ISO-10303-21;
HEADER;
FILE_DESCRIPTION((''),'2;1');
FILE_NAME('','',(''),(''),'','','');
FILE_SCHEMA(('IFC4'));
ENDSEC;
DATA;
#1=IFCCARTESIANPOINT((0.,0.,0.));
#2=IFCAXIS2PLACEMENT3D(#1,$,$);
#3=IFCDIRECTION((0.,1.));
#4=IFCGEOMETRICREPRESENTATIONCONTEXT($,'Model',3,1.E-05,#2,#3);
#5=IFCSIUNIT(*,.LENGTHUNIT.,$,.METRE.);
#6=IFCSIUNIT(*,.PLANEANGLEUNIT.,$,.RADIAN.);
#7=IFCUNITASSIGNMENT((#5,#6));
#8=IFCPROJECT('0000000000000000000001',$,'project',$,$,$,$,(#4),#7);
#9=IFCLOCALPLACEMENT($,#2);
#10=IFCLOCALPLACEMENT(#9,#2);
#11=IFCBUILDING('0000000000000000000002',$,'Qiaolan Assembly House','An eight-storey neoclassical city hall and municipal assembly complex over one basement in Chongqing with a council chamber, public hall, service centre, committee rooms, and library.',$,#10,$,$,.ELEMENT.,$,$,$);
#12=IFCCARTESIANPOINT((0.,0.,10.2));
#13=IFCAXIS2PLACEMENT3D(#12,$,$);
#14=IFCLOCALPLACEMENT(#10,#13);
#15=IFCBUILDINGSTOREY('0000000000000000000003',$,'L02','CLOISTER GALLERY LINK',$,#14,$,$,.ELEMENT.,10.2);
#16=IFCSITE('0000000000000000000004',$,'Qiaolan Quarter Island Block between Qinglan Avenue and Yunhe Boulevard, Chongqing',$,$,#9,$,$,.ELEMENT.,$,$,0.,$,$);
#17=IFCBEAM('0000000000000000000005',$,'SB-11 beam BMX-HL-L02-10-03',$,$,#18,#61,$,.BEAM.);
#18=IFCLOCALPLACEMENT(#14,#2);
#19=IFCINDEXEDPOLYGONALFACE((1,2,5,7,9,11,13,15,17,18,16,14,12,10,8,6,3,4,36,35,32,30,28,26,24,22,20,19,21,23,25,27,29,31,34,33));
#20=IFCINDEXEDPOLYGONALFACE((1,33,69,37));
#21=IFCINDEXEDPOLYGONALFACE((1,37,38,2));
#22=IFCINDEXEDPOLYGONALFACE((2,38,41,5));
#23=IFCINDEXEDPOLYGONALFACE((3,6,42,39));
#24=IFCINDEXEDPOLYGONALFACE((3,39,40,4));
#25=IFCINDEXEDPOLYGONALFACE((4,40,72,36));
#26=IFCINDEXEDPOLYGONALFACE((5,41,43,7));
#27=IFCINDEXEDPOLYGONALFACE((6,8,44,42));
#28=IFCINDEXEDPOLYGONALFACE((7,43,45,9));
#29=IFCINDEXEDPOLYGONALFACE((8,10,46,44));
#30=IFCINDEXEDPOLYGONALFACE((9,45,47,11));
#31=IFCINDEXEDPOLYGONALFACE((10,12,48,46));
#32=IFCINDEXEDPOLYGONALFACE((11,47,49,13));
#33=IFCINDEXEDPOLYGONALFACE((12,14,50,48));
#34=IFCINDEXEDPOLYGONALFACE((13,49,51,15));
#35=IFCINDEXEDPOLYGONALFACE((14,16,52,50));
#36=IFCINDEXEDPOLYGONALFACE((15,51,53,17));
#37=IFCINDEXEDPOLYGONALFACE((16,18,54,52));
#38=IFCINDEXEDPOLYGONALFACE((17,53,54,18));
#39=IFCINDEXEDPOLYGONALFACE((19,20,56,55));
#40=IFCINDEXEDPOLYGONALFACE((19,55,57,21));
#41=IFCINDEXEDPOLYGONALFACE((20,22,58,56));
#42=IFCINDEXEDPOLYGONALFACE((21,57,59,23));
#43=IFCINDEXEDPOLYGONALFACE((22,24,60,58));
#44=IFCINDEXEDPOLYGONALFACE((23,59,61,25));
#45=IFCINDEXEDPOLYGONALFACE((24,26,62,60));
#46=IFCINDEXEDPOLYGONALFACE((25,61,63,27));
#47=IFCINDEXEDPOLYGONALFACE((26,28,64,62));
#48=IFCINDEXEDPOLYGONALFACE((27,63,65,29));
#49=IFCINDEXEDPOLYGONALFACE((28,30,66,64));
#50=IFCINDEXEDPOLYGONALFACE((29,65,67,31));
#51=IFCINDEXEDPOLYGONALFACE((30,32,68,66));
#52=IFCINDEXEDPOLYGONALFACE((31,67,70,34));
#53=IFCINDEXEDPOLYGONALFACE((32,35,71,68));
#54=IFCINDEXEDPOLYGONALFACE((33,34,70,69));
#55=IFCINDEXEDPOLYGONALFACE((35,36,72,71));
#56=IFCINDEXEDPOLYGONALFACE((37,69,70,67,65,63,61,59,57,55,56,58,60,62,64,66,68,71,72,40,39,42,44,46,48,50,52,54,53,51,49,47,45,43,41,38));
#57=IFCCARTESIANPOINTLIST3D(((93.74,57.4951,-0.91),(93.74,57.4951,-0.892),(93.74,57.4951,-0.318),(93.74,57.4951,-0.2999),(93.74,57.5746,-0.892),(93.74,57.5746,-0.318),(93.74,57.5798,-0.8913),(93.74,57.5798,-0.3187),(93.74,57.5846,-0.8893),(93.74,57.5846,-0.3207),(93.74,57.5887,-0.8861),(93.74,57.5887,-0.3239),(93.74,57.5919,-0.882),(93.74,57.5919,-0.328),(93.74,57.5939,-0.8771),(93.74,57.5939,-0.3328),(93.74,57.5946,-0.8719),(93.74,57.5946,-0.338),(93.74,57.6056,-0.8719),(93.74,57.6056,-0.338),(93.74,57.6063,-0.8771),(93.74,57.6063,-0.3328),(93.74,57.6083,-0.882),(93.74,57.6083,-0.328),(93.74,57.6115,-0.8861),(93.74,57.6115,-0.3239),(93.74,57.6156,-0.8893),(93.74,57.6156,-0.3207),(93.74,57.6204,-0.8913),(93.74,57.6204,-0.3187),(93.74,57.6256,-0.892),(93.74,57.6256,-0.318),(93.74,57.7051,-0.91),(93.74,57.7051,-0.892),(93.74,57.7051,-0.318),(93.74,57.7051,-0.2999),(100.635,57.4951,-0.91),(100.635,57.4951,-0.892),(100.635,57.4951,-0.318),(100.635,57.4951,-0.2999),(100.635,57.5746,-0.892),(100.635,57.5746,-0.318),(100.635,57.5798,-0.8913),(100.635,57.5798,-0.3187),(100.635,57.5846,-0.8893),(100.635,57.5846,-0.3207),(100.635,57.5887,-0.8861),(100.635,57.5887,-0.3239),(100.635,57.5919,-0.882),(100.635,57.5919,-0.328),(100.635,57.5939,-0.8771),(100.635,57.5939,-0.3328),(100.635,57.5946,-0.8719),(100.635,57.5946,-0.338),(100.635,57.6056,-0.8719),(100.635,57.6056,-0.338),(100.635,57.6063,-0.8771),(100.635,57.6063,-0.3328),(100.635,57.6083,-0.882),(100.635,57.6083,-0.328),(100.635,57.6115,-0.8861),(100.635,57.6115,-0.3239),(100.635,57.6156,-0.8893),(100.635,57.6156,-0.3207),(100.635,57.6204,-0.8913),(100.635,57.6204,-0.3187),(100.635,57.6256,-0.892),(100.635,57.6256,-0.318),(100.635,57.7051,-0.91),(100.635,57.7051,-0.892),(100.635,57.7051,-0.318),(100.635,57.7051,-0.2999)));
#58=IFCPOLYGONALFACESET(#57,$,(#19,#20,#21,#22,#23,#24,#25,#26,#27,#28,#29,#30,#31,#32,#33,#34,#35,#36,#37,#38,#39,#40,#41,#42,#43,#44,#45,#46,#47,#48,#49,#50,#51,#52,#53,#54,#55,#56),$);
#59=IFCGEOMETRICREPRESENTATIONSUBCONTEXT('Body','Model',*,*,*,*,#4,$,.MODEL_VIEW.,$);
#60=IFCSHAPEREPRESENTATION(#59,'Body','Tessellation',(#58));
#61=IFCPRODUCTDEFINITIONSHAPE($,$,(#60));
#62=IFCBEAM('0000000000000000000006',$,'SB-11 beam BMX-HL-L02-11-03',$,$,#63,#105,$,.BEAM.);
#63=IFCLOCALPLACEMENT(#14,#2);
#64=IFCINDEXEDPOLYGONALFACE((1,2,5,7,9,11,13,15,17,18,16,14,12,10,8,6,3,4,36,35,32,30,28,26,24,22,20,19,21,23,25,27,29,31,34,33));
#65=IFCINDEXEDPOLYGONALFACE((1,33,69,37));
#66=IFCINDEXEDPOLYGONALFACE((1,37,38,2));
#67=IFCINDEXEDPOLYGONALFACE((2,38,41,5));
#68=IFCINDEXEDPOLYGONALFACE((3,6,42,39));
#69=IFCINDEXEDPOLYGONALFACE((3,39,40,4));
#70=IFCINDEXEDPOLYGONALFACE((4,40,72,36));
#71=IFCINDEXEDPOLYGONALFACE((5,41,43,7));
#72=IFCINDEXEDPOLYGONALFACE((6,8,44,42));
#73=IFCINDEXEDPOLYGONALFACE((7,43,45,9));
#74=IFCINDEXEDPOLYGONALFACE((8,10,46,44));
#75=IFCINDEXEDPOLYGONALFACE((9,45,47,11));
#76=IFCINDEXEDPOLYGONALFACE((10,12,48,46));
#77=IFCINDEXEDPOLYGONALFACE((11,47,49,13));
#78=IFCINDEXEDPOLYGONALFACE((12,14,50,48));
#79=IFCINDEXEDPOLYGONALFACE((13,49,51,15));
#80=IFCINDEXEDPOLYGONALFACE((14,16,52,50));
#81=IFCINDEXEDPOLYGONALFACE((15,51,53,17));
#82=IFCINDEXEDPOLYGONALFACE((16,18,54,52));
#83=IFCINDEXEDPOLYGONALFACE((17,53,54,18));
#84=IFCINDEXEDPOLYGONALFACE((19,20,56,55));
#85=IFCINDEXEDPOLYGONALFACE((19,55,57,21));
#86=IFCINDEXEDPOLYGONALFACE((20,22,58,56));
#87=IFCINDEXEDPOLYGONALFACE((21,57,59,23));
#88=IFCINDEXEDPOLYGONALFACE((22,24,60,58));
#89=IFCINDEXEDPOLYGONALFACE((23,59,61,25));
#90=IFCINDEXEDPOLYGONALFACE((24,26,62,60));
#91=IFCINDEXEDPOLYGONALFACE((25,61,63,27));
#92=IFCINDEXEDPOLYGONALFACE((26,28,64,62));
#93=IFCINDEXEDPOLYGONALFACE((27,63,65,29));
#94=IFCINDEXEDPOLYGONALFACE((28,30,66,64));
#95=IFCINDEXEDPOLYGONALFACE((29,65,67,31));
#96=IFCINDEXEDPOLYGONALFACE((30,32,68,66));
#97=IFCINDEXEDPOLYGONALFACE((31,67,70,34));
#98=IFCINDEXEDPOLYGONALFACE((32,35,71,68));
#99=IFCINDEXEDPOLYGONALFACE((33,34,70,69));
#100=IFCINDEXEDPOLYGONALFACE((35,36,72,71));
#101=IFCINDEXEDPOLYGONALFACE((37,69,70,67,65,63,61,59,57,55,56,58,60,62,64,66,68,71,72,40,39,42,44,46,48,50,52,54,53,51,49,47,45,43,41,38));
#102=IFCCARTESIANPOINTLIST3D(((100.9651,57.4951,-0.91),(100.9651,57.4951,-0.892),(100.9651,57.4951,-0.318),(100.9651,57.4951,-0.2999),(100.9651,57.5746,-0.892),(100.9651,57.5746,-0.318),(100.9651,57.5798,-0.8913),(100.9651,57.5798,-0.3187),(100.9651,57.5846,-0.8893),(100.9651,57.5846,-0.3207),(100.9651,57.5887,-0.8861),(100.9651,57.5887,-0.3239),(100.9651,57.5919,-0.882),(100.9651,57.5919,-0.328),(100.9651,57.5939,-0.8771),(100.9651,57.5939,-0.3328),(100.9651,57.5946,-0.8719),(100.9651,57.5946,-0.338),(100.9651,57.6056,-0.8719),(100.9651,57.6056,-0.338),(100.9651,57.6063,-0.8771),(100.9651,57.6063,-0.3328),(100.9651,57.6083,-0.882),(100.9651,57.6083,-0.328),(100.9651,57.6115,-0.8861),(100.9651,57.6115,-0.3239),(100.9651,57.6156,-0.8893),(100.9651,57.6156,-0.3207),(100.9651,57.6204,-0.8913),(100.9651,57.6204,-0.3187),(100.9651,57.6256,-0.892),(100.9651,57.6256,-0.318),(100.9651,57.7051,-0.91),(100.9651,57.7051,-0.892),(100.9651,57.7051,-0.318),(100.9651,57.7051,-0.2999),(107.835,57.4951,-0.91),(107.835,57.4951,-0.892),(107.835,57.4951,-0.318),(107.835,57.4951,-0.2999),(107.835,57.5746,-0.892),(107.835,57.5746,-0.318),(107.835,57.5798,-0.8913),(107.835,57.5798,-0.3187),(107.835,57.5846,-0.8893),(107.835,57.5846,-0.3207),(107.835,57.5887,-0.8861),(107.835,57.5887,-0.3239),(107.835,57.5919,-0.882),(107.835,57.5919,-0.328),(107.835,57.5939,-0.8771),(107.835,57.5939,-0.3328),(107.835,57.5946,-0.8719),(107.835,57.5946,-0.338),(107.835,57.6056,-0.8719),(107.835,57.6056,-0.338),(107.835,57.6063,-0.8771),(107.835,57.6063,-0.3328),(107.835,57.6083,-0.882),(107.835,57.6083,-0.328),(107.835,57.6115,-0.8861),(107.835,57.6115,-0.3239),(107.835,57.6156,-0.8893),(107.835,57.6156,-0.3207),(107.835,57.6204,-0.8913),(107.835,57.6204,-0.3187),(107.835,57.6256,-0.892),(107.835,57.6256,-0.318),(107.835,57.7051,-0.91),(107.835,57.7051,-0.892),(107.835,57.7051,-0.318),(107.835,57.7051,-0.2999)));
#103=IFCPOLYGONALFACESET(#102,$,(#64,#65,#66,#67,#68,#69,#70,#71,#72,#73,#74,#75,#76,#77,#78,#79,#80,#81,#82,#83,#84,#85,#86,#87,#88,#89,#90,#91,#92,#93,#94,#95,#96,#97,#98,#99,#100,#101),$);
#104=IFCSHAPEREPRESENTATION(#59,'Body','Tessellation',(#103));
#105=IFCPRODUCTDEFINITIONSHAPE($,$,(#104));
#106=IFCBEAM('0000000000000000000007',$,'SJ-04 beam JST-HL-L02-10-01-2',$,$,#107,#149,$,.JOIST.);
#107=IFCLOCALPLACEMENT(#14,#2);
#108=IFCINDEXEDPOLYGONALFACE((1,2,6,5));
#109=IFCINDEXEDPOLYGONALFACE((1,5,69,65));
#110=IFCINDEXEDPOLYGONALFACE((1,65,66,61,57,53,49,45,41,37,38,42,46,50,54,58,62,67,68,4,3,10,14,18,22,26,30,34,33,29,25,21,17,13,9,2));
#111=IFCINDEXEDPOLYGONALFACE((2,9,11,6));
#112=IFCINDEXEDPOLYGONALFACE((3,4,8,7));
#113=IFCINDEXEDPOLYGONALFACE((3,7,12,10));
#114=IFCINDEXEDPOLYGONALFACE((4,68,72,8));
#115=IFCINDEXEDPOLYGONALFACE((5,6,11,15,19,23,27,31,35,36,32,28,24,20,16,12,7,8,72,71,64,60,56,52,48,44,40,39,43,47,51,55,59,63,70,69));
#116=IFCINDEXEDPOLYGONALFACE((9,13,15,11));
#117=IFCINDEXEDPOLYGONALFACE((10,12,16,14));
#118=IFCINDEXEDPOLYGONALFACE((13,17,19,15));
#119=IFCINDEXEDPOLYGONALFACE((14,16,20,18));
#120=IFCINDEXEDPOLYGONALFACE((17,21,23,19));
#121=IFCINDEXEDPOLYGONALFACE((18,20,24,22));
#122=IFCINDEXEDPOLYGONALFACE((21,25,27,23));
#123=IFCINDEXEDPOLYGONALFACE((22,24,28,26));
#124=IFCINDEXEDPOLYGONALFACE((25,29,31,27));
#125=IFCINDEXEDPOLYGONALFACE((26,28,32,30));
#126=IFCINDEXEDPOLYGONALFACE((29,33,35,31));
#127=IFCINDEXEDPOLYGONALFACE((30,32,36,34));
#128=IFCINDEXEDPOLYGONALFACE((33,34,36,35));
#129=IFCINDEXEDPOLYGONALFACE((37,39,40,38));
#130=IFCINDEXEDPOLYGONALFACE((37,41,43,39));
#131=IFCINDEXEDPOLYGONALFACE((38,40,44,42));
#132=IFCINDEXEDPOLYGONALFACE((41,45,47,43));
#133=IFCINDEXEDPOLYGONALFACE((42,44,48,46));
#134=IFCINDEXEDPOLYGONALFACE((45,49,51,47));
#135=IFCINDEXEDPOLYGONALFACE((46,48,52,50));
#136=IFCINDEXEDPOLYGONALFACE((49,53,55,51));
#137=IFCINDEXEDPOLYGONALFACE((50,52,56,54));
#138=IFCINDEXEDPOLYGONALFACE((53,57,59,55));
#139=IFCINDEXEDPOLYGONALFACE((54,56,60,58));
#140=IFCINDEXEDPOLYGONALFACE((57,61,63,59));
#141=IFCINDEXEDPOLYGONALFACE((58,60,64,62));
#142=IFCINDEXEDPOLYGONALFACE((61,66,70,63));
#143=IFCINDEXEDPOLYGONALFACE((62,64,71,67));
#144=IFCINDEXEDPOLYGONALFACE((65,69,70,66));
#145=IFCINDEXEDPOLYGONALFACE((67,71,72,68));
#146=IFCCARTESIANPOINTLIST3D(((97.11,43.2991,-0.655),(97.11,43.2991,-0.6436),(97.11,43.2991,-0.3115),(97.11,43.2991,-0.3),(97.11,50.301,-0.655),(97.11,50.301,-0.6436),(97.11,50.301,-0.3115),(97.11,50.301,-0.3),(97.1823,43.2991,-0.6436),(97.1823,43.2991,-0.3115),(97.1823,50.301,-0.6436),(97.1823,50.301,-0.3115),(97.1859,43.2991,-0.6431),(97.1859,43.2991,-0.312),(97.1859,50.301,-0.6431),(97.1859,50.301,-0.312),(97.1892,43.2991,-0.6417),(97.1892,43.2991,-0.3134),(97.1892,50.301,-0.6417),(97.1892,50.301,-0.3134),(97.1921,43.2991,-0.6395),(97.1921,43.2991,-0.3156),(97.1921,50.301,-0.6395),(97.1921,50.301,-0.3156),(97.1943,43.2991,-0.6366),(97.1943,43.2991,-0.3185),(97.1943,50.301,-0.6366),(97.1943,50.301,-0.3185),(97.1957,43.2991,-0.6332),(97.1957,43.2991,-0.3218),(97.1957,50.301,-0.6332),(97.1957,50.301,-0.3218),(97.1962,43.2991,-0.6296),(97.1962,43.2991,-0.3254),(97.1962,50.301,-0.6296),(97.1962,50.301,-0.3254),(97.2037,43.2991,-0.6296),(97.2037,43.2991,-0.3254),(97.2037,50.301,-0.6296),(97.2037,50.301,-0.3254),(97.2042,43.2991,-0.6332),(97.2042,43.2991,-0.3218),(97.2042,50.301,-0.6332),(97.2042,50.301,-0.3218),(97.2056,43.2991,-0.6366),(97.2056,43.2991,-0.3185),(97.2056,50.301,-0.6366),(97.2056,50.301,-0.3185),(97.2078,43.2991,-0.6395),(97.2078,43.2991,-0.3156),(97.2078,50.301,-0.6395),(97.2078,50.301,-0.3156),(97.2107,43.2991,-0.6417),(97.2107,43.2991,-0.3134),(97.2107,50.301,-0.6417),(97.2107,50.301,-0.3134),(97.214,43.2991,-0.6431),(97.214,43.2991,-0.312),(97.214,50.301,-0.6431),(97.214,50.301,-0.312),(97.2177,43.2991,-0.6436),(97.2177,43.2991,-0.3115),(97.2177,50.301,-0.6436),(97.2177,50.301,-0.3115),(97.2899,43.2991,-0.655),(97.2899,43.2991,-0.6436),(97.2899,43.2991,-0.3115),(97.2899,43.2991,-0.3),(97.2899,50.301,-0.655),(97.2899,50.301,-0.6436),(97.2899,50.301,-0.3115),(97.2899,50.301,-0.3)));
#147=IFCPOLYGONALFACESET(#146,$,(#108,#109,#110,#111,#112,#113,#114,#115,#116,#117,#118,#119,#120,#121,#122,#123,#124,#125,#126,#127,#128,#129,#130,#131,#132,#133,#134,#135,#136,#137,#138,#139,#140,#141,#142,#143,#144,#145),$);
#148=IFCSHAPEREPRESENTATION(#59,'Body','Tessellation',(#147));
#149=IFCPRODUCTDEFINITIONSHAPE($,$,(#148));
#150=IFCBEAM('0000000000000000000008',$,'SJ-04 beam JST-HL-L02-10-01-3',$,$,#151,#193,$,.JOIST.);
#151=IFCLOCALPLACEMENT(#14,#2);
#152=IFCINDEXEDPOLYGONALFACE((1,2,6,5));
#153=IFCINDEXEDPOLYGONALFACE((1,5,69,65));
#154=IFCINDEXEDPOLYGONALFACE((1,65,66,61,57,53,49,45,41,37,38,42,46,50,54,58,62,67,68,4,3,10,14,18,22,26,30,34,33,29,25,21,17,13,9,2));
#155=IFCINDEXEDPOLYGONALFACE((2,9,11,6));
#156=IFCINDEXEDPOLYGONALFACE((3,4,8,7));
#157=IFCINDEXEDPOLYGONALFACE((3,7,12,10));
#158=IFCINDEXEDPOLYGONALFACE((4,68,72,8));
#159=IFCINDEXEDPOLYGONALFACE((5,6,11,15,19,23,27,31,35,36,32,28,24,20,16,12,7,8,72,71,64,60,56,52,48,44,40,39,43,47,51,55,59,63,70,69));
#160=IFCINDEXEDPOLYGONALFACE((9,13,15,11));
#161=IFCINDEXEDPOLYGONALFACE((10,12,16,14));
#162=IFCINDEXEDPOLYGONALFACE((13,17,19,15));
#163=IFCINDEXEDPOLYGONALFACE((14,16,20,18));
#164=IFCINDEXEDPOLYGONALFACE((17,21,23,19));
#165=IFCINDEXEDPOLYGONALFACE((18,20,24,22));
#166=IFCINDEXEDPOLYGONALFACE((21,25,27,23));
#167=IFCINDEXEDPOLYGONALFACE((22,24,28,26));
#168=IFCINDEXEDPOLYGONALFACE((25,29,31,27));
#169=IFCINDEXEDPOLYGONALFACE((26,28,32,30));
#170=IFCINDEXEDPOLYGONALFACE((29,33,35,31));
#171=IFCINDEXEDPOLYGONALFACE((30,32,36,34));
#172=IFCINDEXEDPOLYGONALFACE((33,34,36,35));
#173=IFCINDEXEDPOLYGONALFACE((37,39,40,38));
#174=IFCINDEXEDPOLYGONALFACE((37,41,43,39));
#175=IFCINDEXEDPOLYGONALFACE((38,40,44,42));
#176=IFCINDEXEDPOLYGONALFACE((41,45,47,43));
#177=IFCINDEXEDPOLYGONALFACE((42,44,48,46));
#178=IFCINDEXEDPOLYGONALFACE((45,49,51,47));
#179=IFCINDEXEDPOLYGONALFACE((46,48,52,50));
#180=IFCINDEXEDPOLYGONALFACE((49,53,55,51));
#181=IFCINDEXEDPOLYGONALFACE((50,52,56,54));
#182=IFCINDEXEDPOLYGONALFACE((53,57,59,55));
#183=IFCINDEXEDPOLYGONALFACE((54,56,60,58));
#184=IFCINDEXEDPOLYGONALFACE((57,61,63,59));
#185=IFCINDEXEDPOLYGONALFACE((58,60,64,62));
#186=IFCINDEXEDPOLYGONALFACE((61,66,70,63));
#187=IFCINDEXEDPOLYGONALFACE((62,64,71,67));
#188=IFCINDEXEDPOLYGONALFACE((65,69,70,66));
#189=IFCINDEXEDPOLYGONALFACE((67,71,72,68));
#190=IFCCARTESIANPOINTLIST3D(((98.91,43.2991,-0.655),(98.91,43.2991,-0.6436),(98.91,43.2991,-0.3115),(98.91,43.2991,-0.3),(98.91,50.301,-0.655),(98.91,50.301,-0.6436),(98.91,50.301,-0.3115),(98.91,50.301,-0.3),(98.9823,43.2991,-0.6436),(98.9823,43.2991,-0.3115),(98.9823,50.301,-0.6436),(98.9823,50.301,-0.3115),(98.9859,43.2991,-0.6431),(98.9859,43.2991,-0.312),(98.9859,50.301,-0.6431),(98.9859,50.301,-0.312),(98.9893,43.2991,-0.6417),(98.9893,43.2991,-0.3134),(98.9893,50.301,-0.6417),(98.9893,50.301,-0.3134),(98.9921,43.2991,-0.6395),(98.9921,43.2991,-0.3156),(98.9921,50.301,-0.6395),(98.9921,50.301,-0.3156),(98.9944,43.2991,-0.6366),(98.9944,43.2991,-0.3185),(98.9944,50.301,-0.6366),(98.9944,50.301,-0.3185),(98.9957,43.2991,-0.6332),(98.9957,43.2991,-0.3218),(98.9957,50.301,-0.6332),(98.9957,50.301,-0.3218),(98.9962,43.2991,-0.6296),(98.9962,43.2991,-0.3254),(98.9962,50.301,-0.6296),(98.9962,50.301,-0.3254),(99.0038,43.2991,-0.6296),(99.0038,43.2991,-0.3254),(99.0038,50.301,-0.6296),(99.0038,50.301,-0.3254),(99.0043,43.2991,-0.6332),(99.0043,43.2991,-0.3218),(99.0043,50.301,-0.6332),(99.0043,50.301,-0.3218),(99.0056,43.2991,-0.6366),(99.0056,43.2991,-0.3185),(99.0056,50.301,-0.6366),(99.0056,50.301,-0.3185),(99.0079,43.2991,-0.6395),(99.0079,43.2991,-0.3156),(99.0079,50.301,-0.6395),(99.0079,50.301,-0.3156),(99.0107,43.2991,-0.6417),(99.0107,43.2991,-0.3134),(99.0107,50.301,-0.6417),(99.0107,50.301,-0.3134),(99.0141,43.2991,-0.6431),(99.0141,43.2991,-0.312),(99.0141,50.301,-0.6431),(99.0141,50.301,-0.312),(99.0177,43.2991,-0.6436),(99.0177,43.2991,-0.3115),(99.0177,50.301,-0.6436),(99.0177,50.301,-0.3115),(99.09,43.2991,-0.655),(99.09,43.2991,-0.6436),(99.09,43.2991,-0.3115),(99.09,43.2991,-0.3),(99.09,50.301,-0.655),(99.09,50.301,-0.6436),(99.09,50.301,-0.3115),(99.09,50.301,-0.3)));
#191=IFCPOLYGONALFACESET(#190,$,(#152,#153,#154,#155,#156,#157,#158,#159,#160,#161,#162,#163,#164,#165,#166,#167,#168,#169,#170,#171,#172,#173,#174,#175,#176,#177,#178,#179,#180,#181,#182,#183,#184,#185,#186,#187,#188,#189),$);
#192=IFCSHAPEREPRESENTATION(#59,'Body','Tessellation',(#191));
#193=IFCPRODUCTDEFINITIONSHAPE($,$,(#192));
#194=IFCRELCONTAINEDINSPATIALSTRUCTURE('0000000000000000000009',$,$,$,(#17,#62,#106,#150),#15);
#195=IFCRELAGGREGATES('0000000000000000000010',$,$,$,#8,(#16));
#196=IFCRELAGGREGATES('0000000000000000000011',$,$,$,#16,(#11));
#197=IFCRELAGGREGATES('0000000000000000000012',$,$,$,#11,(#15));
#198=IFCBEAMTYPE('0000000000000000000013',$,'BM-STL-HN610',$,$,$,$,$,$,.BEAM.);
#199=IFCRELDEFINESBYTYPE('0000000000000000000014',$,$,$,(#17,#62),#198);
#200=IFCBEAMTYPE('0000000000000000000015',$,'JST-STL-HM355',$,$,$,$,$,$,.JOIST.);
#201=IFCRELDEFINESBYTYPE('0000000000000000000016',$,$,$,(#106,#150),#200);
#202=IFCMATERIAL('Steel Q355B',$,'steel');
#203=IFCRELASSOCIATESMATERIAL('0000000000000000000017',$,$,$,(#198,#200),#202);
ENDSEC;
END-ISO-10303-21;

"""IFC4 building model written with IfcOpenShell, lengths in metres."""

from ifc_helpers import new_model, si_unit, direction, frame, origin, origin_2d, place, context, subcontext, project, spatial, i_section, extrude, material, material_profile, profile_set, type_object, element, save


model = new_model("IFC4")

# Units and contexts
model_context = context("Model", 3, precision=1e-05, world=origin(), true_north=direction((0.0, 1.0)))
body_context = subcontext(model_context, "Body", "Model", "MODEL_VIEW")
ifc_project = project(units=[si_unit("LENGTHUNIT", "METRE"), si_unit("PLANEANGLEUNIT", "RADIAN")], contexts=[model_context])

# Site, building, storey
site_placement = place(None, origin())
site = spatial("IfcSite", under=ifc_project, at=site_placement, Name="Qiaolan Quarter Island Block between Qinglan Avenue and Yunhe Boulevard, Chongqing", CompositionType="ELEMENT", RefElevation=0.0)
building_placement = place(site_placement, origin())
building = spatial("IfcBuilding", under=site, at=building_placement, Name="Qiaolan Assembly House", Description="An eight-storey neoclassical city hall and municipal assembly complex over one basement in Chongqing with a council chamber, public hall, service centre, committee rooms, and library.", CompositionType="ELEMENT")
storey_placement = place(building_placement, frame((0.0, 0.0, 10.2)))
storey = spatial("IfcBuildingStorey", under=building, at=storey_placement, Name="L02", Description="CLOISTER GALLERY LINK", CompositionType="ELEMENT", Elevation=10.2)

# Shared definitions
ifc_material_1 = material(Name="Steel Q355B", Category="steel")

# Beams
ifc_material_profile_1 = material_profile(ifc_material_1, i_section(OverallWidth=0.21, OverallDepth=0.6101, WebThickness=0.011, FlangeThickness=0.0181, FilletRadius=0.02, at=origin_2d()), Name="HN 610x210x11x18")
ifc_profile_set_1 = profile_set([ifc_material_profile_1], Name="Steel Q355B")
beam_type_1 = type_object("IfcBeamType", Name="BM-STL-HN610", PredefinedType="BEAM", material=ifc_profile_set_1)
beam_1_placement = place(storey_placement, frame((93.74, 57.6001, -0.605), z_axis=(1.0, 0.0, 0.0), x_axis=(0.0, 1.0, 0.0)))
element("IfcBeam", 1, at=beam_1_placement, inside=storey, type_object=beam_type_1, Name="SB-11 beam BMX-HL-L02-10-03", PredefinedType="BEAM", context=body_context, shape_type="SweptSolid", body=[
    extrude(i_section(OverallWidth=0.21, OverallDepth=0.6101, WebThickness=0.011, FlangeThickness=0.0181, FilletRadius=0.02, at=origin_2d()), origin(), (0.0, 0.0, 1.0), 6.895),
])
beam_2_placement = place(storey_placement, frame((100.9651, 57.6001, -0.605), z_axis=(1.0, 0.0, 0.0), x_axis=(0.0, 1.0, 0.0)))
element("IfcBeam", 2, at=beam_2_placement, inside=storey, type_object=beam_type_1, Name="SB-11 beam BMX-HL-L02-11-03", PredefinedType="BEAM", context=body_context, shape_type="SweptSolid", body=[
    extrude(i_section(OverallWidth=0.21, OverallDepth=0.6101, WebThickness=0.011, FlangeThickness=0.0181, FilletRadius=0.02, at=origin_2d()), origin(), (0.0, 0.0, 1.0), 6.8699),
])
ifc_material_profile_2 = material_profile(ifc_material_1, i_section(OverallWidth=0.1799, OverallDepth=0.355, WebThickness=0.0076, FlangeThickness=0.0115, FilletRadius=0.0139, at=origin_2d()), Name="HM 355x180x7.5x11.5")
ifc_profile_set_2 = profile_set([ifc_material_profile_2], Name="Steel Q355B")
beam_type_2 = type_object("IfcBeamType", Name="JST-STL-HM355", PredefinedType="JOIST", material=ifc_profile_set_2)
for number, where, z_axis, x_axis, name in (
    (3, (97.2, 43.2991, -0.4775), (0.0, 1.0, 0.0), (-1.0, 0.0, 0.0), "SJ-04 beam JST-HL-L02-10-01-2"),
    (4, (99.0, 43.2991, -0.4775), (0.0, 1.0, 0.0), (-1.0, 0.0, 0.0), "SJ-04 beam JST-HL-L02-10-01-3"),
):
    element("IfcBeam", number, at=place(storey_placement, frame(where, z_axis=z_axis, x_axis=x_axis)), inside=storey, type_object=beam_type_2, Name=name, PredefinedType="JOIST", context=body_context, shape_type="SweptSolid", body=[
        extrude(i_section(OverallWidth=0.1799, OverallDepth=0.355, WebThickness=0.0076, FlangeThickness=0.0115, FilletRadius=0.0139, at=origin_2d()), origin(), (0.0, 0.0, 1.0), 7.002),
    ])

save(model, "model.ifc")
